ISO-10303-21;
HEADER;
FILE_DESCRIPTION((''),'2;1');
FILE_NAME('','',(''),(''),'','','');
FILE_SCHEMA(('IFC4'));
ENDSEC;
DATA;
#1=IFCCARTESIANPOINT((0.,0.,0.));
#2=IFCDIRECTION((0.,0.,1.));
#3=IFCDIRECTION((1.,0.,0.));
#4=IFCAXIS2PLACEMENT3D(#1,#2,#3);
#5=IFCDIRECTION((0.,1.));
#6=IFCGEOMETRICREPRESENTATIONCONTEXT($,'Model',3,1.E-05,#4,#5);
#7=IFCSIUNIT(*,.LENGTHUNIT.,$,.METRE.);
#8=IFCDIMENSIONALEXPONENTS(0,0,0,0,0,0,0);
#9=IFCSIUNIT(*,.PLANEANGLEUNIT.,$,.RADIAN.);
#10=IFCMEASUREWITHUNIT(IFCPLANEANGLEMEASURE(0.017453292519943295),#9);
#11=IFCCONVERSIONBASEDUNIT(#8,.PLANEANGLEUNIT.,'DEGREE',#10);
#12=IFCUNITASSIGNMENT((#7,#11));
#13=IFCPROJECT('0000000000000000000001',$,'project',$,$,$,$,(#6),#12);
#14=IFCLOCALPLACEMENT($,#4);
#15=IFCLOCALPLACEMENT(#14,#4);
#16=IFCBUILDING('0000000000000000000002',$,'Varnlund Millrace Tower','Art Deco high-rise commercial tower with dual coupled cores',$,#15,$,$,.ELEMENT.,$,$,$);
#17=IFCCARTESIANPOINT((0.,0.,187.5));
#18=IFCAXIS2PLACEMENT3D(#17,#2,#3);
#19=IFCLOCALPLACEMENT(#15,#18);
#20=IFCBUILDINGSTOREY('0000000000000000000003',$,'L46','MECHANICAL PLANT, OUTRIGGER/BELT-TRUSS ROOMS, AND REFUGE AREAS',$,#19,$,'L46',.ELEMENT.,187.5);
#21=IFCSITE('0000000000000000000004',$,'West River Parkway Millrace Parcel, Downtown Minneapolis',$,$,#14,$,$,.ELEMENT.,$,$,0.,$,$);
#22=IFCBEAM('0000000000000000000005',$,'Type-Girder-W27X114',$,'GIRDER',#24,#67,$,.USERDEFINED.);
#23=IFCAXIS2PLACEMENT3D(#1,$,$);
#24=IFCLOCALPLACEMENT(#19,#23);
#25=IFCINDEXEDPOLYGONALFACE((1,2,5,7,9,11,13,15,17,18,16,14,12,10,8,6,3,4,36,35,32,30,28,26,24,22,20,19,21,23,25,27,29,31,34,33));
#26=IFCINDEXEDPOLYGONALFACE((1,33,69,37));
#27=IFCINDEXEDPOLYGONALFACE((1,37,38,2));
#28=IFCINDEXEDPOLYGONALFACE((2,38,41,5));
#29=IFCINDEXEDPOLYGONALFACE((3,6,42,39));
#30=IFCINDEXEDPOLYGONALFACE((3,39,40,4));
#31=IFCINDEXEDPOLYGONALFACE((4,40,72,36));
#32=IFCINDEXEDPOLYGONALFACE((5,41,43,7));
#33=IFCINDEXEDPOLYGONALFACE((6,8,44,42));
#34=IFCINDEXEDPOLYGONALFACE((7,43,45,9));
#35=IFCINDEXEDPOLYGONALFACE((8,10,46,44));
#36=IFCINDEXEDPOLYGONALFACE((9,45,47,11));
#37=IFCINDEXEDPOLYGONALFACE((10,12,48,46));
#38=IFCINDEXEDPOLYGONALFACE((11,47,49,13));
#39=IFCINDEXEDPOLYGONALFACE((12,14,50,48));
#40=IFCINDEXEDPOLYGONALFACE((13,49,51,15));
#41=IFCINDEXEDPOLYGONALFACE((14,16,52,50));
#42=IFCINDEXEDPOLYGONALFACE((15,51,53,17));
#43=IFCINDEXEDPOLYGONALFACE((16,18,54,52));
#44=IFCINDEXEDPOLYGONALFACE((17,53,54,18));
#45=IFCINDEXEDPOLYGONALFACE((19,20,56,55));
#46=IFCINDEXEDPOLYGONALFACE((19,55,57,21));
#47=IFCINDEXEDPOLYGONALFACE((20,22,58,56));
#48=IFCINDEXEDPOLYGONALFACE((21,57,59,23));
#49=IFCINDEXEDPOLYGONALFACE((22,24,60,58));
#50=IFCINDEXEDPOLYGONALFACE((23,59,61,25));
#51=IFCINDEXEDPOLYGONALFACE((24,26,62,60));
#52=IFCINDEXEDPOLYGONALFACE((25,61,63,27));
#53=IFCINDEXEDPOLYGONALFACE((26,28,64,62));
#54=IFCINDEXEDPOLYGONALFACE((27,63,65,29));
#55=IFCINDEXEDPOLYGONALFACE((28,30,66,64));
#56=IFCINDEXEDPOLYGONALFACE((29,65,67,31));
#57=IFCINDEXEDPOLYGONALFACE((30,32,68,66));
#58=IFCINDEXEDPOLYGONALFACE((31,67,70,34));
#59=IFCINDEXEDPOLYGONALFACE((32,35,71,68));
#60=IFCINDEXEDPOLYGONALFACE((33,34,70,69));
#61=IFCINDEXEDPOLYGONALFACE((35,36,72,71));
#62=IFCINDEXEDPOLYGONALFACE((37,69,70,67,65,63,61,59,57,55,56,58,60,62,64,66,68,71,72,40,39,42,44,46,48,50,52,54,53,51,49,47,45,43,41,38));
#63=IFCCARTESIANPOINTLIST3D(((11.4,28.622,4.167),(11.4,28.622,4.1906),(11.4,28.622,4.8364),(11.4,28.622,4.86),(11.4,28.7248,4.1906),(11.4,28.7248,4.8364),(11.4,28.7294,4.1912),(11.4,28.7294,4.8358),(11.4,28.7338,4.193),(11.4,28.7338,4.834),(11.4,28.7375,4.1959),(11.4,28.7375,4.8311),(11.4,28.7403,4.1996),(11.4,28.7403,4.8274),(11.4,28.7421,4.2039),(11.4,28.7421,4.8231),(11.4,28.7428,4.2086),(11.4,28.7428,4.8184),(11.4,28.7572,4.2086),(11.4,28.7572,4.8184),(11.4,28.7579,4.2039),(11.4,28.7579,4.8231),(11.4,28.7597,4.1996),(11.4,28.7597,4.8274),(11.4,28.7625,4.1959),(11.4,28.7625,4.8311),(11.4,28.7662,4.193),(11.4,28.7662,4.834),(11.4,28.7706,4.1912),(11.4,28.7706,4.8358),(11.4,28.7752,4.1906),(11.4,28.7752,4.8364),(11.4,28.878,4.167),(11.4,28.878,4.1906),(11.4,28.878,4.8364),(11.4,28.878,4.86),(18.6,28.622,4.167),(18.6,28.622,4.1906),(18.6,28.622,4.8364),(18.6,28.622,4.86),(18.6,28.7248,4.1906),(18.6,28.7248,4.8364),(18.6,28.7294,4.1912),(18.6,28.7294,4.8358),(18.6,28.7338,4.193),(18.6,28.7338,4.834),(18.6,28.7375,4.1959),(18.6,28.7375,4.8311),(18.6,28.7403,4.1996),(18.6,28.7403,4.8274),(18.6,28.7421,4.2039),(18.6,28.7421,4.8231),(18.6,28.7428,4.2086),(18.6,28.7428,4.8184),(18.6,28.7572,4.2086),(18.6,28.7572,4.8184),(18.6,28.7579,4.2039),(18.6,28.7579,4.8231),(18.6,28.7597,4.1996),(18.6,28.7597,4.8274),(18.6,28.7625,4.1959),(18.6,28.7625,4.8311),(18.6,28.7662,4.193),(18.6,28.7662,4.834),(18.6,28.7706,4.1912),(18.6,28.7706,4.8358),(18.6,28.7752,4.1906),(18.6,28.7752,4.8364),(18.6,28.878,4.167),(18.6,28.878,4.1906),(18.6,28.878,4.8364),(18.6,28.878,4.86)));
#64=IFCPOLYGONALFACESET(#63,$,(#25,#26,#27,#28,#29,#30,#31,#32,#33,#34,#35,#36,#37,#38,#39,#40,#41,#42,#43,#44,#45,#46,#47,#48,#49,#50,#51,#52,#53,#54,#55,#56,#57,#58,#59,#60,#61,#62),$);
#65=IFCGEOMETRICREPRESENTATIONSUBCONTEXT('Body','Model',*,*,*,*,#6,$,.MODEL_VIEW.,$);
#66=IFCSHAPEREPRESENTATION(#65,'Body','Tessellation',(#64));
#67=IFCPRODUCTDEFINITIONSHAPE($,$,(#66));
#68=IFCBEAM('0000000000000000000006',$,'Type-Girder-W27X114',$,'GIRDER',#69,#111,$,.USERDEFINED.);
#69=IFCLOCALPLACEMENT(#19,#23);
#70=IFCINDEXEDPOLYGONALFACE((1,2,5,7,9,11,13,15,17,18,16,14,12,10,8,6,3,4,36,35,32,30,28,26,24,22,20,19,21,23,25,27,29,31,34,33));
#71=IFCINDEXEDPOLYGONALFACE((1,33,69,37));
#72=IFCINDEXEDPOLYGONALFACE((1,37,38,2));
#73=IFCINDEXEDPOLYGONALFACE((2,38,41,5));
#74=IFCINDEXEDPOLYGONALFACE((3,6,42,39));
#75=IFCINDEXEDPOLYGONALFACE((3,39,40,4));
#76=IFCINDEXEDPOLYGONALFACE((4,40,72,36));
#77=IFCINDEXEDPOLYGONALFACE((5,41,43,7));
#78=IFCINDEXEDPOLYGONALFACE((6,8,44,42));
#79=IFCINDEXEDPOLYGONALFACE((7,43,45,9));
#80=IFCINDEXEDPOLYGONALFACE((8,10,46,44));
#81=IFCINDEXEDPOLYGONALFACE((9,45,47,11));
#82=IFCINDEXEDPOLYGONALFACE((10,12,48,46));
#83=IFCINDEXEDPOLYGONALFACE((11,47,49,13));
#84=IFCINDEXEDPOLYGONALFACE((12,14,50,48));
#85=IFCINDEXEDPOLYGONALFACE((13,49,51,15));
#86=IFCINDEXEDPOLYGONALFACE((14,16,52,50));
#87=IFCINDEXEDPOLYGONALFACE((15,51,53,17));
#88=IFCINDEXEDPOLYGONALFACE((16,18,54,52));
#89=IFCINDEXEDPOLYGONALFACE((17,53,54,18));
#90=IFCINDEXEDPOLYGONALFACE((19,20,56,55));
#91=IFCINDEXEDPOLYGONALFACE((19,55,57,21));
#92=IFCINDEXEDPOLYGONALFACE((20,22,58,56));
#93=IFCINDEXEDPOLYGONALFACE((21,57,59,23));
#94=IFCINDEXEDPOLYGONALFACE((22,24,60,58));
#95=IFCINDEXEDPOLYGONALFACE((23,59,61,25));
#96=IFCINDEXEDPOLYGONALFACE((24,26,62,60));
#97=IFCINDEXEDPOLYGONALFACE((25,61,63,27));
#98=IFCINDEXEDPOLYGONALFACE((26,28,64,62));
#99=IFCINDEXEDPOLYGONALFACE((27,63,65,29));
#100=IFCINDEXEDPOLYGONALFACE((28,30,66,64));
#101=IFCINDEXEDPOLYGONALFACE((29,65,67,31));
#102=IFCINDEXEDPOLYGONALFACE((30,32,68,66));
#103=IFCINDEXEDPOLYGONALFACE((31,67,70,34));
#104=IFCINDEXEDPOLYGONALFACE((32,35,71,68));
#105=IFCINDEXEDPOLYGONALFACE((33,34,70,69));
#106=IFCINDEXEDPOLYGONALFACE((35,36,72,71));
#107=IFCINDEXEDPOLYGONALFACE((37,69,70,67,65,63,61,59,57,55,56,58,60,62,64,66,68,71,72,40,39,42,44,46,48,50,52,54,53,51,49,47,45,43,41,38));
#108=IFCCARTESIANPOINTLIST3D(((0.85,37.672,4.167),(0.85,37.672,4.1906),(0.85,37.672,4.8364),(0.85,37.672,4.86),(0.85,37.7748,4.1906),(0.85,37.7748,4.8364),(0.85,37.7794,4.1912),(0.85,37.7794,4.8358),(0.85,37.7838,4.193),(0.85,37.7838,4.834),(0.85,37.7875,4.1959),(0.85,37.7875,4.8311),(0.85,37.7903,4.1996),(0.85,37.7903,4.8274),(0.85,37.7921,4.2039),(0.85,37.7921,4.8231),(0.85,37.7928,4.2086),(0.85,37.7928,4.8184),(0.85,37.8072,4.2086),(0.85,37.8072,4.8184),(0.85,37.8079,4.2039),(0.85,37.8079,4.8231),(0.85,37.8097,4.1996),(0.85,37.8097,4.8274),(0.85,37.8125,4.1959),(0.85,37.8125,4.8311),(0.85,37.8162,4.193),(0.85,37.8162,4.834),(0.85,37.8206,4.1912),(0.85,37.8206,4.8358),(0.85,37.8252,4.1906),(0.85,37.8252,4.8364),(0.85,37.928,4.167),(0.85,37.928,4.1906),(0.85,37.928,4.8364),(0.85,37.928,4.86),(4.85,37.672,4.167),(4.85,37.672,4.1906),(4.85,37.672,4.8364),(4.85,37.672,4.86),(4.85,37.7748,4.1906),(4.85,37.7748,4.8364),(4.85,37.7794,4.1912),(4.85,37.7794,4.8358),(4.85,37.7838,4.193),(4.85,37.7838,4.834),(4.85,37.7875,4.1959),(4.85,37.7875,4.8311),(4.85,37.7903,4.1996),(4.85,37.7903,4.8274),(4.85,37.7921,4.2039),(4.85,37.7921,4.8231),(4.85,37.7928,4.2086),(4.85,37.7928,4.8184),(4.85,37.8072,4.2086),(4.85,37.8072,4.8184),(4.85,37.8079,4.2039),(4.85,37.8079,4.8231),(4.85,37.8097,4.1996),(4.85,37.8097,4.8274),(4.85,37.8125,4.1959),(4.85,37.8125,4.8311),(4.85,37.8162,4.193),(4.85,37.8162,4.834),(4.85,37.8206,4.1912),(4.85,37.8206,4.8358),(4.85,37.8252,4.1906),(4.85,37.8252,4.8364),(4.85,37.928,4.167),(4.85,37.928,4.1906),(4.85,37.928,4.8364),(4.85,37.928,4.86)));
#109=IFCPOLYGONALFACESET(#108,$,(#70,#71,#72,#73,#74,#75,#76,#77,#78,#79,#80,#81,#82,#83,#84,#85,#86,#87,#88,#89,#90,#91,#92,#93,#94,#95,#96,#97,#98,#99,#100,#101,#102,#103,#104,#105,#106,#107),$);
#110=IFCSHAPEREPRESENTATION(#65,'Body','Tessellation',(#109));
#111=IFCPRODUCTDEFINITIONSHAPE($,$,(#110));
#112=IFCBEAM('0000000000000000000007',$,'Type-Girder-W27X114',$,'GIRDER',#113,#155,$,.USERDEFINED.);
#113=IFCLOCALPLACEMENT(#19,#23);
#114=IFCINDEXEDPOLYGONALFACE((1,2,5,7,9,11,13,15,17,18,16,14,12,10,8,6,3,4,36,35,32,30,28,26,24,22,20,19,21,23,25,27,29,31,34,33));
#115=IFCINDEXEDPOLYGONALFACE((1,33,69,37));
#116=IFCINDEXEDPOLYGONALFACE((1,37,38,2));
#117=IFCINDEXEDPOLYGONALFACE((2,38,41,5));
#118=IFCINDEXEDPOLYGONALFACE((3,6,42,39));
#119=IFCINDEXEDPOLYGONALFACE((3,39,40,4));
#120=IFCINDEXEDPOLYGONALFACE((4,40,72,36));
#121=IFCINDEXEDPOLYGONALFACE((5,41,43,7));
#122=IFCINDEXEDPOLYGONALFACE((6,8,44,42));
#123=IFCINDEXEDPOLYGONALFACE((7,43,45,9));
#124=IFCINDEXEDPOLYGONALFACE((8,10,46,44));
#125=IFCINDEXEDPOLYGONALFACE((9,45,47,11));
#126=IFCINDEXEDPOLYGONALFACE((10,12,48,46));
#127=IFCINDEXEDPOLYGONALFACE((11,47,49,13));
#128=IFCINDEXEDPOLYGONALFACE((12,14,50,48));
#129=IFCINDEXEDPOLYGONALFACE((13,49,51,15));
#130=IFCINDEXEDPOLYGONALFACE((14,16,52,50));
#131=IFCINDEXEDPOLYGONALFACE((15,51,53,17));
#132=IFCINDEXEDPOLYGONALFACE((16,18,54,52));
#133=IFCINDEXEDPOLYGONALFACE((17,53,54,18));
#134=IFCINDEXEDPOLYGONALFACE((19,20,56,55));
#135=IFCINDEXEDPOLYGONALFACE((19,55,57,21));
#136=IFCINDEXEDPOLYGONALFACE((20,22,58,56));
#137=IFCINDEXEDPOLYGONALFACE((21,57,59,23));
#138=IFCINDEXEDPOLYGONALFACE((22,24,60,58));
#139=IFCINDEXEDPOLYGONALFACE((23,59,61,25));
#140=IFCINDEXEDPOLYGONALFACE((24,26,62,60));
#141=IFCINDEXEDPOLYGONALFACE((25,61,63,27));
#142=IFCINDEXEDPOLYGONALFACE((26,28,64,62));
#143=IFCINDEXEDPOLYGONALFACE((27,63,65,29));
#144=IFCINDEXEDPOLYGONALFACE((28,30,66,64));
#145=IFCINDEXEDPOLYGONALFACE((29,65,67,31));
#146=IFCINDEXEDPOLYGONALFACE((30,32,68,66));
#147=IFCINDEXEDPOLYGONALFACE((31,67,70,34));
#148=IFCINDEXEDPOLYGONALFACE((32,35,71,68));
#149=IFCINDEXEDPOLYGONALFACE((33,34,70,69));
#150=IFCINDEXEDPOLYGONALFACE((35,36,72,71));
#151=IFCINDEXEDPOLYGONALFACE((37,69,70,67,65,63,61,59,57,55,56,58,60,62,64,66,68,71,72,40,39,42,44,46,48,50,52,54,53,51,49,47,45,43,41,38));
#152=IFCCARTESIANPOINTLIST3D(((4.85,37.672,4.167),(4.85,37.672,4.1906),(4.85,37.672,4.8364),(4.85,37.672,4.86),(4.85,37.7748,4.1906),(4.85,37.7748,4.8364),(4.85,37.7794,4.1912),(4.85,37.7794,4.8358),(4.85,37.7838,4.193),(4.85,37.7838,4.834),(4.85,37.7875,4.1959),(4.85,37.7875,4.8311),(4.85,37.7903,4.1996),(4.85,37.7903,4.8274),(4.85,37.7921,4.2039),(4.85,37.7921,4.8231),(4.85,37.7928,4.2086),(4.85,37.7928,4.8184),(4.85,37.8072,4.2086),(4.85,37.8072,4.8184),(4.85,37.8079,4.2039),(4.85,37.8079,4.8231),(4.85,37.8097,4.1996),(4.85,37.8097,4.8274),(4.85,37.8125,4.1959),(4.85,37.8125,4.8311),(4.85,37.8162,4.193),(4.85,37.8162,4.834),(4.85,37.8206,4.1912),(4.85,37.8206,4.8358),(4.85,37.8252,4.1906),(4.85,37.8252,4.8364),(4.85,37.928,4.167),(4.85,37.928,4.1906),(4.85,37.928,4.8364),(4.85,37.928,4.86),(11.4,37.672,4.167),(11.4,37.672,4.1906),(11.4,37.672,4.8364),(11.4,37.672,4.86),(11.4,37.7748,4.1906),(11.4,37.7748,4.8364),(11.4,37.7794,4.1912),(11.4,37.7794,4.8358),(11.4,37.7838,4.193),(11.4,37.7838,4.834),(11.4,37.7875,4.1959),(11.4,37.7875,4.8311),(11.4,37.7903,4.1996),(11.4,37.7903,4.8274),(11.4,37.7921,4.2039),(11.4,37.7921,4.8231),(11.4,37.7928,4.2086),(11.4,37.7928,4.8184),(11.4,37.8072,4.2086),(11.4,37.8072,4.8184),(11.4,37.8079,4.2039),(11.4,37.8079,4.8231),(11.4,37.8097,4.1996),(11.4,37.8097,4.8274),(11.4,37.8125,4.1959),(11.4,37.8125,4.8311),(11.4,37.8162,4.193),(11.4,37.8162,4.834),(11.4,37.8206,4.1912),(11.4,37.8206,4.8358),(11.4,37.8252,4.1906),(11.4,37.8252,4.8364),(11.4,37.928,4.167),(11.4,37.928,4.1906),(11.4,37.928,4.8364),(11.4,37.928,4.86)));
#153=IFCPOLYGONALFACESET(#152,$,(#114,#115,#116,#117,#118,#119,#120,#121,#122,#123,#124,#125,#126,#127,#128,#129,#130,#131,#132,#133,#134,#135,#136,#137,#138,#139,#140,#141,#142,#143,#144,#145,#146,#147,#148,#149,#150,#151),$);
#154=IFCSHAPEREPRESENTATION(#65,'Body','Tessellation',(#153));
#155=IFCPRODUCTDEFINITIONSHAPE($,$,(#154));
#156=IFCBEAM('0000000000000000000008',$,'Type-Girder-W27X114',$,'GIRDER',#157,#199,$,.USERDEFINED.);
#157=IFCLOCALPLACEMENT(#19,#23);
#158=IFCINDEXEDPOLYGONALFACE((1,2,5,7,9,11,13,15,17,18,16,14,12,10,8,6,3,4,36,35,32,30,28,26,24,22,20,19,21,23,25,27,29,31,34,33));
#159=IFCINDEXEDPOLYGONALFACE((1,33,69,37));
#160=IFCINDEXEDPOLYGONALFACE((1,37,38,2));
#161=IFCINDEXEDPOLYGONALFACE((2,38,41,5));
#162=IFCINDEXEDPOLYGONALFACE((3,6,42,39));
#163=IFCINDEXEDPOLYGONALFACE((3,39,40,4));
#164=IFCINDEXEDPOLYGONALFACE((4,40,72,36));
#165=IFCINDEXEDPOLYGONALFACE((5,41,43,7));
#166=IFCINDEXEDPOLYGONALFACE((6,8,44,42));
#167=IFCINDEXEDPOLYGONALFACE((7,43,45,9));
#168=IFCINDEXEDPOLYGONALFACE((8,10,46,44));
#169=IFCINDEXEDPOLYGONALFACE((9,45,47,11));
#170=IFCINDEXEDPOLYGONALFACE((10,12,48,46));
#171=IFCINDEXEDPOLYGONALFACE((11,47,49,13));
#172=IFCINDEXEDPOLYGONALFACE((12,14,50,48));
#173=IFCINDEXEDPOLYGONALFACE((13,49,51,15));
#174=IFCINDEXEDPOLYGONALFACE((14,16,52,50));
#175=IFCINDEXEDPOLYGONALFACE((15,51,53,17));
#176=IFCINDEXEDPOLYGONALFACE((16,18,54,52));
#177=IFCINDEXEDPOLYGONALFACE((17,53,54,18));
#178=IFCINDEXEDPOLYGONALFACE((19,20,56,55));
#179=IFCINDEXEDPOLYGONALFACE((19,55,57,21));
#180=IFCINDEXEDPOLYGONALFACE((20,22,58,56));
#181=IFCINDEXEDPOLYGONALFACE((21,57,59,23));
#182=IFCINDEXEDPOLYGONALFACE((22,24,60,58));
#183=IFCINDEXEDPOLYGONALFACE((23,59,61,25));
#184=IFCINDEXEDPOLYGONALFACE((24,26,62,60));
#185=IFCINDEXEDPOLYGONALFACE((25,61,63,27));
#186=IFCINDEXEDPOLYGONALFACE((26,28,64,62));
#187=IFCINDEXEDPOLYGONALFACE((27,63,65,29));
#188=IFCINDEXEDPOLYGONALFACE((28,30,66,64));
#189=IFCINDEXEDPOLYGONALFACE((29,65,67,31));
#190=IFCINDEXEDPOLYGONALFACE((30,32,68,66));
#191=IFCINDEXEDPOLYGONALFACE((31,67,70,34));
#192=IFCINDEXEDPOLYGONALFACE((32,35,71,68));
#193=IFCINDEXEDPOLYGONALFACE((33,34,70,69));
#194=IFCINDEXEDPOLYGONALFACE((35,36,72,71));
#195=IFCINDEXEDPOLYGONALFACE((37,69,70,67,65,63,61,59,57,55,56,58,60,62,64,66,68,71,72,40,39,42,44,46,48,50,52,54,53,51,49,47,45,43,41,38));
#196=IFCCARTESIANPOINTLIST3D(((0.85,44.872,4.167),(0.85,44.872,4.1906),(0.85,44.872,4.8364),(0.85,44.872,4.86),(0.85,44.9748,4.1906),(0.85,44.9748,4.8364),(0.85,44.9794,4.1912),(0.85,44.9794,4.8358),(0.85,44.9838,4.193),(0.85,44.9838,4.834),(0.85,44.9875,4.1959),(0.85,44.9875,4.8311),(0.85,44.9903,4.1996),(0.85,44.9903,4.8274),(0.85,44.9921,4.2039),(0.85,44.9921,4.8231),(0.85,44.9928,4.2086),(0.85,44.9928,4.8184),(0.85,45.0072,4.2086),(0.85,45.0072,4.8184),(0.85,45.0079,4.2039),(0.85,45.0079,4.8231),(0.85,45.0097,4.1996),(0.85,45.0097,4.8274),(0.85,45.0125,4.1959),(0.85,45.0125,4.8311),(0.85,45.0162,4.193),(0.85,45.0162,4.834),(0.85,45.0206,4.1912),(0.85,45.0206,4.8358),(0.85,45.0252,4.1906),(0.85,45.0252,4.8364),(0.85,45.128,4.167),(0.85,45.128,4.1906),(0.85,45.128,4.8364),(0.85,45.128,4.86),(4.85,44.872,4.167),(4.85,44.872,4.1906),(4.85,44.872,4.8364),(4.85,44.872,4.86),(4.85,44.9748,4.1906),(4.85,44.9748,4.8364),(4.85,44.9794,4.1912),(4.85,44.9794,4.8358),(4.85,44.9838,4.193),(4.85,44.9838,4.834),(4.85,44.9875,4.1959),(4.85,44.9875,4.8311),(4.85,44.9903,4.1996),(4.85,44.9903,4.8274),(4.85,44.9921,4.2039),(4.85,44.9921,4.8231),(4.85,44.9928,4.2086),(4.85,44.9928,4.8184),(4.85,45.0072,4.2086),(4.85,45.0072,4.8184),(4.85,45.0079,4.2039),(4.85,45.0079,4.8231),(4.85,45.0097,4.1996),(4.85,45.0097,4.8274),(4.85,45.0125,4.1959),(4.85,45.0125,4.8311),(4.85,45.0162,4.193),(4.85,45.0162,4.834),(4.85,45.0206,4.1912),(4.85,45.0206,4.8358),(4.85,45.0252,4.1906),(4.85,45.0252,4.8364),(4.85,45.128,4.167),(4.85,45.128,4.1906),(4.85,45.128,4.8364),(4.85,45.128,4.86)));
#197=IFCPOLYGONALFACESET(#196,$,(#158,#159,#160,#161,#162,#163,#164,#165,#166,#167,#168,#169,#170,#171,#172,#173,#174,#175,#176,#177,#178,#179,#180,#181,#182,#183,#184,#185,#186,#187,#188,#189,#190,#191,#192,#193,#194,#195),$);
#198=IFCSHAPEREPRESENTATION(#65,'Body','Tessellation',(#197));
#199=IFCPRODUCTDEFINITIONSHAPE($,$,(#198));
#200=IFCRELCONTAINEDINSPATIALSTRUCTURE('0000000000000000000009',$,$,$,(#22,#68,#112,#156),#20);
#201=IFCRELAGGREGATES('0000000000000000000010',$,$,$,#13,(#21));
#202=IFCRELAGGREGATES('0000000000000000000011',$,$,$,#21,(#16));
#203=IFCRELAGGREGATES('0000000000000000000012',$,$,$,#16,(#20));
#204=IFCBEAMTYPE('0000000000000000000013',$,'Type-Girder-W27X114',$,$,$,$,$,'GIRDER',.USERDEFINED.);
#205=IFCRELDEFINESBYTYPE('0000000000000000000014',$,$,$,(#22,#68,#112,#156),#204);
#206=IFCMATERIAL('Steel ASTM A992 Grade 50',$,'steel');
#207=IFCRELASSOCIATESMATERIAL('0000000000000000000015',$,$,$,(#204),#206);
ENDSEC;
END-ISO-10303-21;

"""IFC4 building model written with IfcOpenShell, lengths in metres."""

from ifc_helpers import new_model, entity, si_unit, converted_unit, direction, frame, origin_with_axes, origin_2d_with_axis, place, context, subcontext, project, spatial, i_section, extrude, material, material_profile, profile_set, type_object, element, save


model = new_model("IFC4")

# Units and contexts
model_context = context("Model", 3, precision=1e-05, world=origin_with_axes(), true_north=direction((0.0, 1.0)))
body_context = subcontext(model_context, "Body", "Model", "MODEL_VIEW")
ifc_project = project(units=[si_unit("LENGTHUNIT", "METRE"), converted_unit("PLANEANGLEUNIT", "DEGREE", entity("IfcPlaneAngleMeasure", 0.017453292519943295), si_unit("PLANEANGLEUNIT", "RADIAN"), dimensions=[0, 0, 0, 0, 0, 0, 0])], contexts=[model_context])

# Site, building, storey
site_placement = place(None, origin_with_axes())
site = spatial("IfcSite", under=ifc_project, at=site_placement, Name="West River Parkway Millrace Parcel, Downtown Minneapolis", CompositionType="ELEMENT", RefElevation=0.0)
building_placement = place(site_placement, origin_with_axes())
building = spatial("IfcBuilding", under=site, at=building_placement, Name="Varnlund Millrace Tower", Description="Art Deco high-rise commercial tower with dual coupled cores", CompositionType="ELEMENT")
storey_placement = place(building_placement, frame((0.0, 0.0, 187.5), z_axis=(0.0, 0.0, 1.0), x_axis=(1.0, 0.0, 0.0)))
storey = spatial("IfcBuildingStorey", under=building, at=storey_placement, Name="L46", Description="MECHANICAL PLANT, OUTRIGGER/BELT-TRUSS ROOMS, AND REFUGE AREAS", LongName="L46", CompositionType="ELEMENT", Elevation=187.5)

# Beams
ifc_material_1 = material(Name="Steel ASTM A992 Grade 50", Category="steel")
ifc_material_profile_1 = material_profile(ifc_material_1, i_section(OverallWidth=0.256, OverallDepth=0.693, WebThickness=0.0145, FlangeThickness=0.0236, FilletRadius=0.018, at=origin_2d_with_axis()), Name="Steel ASTM A992 Grade 50")
ifc_profile_set_1 = profile_set([ifc_material_profile_1], Name="Steel ASTM A992 Grade 50")
beam_type_1 = type_object("IfcBeamType", Name="Type-Girder-W27X114", ElementType="GIRDER", PredefinedType="USERDEFINED", material=ifc_profile_set_1)
beam_1_placement = place(storey_placement, frame((11.4, 28.75, 4.5135), z_axis=(1.0, 0.0, 0.0), x_axis=(0.0, 1.0, 0.0)))
element("IfcBeam", 1, at=beam_1_placement, inside=storey, type_object=beam_type_1, Name="Type-Girder-W27X114", ObjectType="GIRDER", PredefinedType="USERDEFINED", context=body_context, shape_type="SweptSolid", body=[
    extrude(i_section(OverallWidth=0.256, OverallDepth=0.693, WebThickness=0.0145, FlangeThickness=0.0236, FilletRadius=0.018, at=origin_2d_with_axis()), origin_with_axes(), (0.0, 0.0, 1.0), 7.2),
])
beam_2_placement = place(storey_placement, frame((0.85, 37.8, 4.5135), z_axis=(1.0, 0.0, 0.0), x_axis=(0.0, 1.0, 0.0)))
element("IfcBeam", 2, at=beam_2_placement, inside=storey, type_object=beam_type_1, Name="Type-Girder-W27X114", ObjectType="GIRDER", PredefinedType="USERDEFINED", context=body_context, shape_type="SweptSolid", body=[
    extrude(i_section(OverallWidth=0.256, OverallDepth=0.693, WebThickness=0.0145, FlangeThickness=0.0236, FilletRadius=0.018, at=origin_2d_with_axis()), origin_with_axes(), (0.0, 0.0, 1.0), 4.0),
])
beam_3_placement = place(storey_placement, frame((4.85, 37.8, 4.5135), z_axis=(1.0, 0.0, 0.0), x_axis=(0.0, 1.0, 0.0)))
element("IfcBeam", 3, at=beam_3_placement, inside=storey, type_object=beam_type_1, Name="Type-Girder-W27X114", ObjectType="GIRDER", PredefinedType="USERDEFINED", context=body_context, shape_type="SweptSolid", body=[
    extrude(i_section(OverallWidth=0.256, OverallDepth=0.693, WebThickness=0.0145, FlangeThickness=0.0236, FilletRadius=0.018, at=origin_2d_with_axis()), origin_with_axes(), (0.0, 0.0, 1.0), 6.55),
])
beam_4_placement = place(storey_placement, frame((0.85, 45.0, 4.5135), z_axis=(1.0, 0.0, 0.0), x_axis=(0.0, 1.0, 0.0)))
element("IfcBeam", 4, at=beam_4_placement, inside=storey, type_object=beam_type_1, Name="Type-Girder-W27X114", ObjectType="GIRDER", PredefinedType="USERDEFINED", context=body_context, shape_type="SweptSolid", body=[
    extrude(i_section(OverallWidth=0.256, OverallDepth=0.693, WebThickness=0.0145, FlangeThickness=0.0236, FilletRadius=0.018, at=origin_2d_with_axis()), origin_with_axes(), (0.0, 0.0, 1.0), 4.0),
])

save(model, "model.ifc")
